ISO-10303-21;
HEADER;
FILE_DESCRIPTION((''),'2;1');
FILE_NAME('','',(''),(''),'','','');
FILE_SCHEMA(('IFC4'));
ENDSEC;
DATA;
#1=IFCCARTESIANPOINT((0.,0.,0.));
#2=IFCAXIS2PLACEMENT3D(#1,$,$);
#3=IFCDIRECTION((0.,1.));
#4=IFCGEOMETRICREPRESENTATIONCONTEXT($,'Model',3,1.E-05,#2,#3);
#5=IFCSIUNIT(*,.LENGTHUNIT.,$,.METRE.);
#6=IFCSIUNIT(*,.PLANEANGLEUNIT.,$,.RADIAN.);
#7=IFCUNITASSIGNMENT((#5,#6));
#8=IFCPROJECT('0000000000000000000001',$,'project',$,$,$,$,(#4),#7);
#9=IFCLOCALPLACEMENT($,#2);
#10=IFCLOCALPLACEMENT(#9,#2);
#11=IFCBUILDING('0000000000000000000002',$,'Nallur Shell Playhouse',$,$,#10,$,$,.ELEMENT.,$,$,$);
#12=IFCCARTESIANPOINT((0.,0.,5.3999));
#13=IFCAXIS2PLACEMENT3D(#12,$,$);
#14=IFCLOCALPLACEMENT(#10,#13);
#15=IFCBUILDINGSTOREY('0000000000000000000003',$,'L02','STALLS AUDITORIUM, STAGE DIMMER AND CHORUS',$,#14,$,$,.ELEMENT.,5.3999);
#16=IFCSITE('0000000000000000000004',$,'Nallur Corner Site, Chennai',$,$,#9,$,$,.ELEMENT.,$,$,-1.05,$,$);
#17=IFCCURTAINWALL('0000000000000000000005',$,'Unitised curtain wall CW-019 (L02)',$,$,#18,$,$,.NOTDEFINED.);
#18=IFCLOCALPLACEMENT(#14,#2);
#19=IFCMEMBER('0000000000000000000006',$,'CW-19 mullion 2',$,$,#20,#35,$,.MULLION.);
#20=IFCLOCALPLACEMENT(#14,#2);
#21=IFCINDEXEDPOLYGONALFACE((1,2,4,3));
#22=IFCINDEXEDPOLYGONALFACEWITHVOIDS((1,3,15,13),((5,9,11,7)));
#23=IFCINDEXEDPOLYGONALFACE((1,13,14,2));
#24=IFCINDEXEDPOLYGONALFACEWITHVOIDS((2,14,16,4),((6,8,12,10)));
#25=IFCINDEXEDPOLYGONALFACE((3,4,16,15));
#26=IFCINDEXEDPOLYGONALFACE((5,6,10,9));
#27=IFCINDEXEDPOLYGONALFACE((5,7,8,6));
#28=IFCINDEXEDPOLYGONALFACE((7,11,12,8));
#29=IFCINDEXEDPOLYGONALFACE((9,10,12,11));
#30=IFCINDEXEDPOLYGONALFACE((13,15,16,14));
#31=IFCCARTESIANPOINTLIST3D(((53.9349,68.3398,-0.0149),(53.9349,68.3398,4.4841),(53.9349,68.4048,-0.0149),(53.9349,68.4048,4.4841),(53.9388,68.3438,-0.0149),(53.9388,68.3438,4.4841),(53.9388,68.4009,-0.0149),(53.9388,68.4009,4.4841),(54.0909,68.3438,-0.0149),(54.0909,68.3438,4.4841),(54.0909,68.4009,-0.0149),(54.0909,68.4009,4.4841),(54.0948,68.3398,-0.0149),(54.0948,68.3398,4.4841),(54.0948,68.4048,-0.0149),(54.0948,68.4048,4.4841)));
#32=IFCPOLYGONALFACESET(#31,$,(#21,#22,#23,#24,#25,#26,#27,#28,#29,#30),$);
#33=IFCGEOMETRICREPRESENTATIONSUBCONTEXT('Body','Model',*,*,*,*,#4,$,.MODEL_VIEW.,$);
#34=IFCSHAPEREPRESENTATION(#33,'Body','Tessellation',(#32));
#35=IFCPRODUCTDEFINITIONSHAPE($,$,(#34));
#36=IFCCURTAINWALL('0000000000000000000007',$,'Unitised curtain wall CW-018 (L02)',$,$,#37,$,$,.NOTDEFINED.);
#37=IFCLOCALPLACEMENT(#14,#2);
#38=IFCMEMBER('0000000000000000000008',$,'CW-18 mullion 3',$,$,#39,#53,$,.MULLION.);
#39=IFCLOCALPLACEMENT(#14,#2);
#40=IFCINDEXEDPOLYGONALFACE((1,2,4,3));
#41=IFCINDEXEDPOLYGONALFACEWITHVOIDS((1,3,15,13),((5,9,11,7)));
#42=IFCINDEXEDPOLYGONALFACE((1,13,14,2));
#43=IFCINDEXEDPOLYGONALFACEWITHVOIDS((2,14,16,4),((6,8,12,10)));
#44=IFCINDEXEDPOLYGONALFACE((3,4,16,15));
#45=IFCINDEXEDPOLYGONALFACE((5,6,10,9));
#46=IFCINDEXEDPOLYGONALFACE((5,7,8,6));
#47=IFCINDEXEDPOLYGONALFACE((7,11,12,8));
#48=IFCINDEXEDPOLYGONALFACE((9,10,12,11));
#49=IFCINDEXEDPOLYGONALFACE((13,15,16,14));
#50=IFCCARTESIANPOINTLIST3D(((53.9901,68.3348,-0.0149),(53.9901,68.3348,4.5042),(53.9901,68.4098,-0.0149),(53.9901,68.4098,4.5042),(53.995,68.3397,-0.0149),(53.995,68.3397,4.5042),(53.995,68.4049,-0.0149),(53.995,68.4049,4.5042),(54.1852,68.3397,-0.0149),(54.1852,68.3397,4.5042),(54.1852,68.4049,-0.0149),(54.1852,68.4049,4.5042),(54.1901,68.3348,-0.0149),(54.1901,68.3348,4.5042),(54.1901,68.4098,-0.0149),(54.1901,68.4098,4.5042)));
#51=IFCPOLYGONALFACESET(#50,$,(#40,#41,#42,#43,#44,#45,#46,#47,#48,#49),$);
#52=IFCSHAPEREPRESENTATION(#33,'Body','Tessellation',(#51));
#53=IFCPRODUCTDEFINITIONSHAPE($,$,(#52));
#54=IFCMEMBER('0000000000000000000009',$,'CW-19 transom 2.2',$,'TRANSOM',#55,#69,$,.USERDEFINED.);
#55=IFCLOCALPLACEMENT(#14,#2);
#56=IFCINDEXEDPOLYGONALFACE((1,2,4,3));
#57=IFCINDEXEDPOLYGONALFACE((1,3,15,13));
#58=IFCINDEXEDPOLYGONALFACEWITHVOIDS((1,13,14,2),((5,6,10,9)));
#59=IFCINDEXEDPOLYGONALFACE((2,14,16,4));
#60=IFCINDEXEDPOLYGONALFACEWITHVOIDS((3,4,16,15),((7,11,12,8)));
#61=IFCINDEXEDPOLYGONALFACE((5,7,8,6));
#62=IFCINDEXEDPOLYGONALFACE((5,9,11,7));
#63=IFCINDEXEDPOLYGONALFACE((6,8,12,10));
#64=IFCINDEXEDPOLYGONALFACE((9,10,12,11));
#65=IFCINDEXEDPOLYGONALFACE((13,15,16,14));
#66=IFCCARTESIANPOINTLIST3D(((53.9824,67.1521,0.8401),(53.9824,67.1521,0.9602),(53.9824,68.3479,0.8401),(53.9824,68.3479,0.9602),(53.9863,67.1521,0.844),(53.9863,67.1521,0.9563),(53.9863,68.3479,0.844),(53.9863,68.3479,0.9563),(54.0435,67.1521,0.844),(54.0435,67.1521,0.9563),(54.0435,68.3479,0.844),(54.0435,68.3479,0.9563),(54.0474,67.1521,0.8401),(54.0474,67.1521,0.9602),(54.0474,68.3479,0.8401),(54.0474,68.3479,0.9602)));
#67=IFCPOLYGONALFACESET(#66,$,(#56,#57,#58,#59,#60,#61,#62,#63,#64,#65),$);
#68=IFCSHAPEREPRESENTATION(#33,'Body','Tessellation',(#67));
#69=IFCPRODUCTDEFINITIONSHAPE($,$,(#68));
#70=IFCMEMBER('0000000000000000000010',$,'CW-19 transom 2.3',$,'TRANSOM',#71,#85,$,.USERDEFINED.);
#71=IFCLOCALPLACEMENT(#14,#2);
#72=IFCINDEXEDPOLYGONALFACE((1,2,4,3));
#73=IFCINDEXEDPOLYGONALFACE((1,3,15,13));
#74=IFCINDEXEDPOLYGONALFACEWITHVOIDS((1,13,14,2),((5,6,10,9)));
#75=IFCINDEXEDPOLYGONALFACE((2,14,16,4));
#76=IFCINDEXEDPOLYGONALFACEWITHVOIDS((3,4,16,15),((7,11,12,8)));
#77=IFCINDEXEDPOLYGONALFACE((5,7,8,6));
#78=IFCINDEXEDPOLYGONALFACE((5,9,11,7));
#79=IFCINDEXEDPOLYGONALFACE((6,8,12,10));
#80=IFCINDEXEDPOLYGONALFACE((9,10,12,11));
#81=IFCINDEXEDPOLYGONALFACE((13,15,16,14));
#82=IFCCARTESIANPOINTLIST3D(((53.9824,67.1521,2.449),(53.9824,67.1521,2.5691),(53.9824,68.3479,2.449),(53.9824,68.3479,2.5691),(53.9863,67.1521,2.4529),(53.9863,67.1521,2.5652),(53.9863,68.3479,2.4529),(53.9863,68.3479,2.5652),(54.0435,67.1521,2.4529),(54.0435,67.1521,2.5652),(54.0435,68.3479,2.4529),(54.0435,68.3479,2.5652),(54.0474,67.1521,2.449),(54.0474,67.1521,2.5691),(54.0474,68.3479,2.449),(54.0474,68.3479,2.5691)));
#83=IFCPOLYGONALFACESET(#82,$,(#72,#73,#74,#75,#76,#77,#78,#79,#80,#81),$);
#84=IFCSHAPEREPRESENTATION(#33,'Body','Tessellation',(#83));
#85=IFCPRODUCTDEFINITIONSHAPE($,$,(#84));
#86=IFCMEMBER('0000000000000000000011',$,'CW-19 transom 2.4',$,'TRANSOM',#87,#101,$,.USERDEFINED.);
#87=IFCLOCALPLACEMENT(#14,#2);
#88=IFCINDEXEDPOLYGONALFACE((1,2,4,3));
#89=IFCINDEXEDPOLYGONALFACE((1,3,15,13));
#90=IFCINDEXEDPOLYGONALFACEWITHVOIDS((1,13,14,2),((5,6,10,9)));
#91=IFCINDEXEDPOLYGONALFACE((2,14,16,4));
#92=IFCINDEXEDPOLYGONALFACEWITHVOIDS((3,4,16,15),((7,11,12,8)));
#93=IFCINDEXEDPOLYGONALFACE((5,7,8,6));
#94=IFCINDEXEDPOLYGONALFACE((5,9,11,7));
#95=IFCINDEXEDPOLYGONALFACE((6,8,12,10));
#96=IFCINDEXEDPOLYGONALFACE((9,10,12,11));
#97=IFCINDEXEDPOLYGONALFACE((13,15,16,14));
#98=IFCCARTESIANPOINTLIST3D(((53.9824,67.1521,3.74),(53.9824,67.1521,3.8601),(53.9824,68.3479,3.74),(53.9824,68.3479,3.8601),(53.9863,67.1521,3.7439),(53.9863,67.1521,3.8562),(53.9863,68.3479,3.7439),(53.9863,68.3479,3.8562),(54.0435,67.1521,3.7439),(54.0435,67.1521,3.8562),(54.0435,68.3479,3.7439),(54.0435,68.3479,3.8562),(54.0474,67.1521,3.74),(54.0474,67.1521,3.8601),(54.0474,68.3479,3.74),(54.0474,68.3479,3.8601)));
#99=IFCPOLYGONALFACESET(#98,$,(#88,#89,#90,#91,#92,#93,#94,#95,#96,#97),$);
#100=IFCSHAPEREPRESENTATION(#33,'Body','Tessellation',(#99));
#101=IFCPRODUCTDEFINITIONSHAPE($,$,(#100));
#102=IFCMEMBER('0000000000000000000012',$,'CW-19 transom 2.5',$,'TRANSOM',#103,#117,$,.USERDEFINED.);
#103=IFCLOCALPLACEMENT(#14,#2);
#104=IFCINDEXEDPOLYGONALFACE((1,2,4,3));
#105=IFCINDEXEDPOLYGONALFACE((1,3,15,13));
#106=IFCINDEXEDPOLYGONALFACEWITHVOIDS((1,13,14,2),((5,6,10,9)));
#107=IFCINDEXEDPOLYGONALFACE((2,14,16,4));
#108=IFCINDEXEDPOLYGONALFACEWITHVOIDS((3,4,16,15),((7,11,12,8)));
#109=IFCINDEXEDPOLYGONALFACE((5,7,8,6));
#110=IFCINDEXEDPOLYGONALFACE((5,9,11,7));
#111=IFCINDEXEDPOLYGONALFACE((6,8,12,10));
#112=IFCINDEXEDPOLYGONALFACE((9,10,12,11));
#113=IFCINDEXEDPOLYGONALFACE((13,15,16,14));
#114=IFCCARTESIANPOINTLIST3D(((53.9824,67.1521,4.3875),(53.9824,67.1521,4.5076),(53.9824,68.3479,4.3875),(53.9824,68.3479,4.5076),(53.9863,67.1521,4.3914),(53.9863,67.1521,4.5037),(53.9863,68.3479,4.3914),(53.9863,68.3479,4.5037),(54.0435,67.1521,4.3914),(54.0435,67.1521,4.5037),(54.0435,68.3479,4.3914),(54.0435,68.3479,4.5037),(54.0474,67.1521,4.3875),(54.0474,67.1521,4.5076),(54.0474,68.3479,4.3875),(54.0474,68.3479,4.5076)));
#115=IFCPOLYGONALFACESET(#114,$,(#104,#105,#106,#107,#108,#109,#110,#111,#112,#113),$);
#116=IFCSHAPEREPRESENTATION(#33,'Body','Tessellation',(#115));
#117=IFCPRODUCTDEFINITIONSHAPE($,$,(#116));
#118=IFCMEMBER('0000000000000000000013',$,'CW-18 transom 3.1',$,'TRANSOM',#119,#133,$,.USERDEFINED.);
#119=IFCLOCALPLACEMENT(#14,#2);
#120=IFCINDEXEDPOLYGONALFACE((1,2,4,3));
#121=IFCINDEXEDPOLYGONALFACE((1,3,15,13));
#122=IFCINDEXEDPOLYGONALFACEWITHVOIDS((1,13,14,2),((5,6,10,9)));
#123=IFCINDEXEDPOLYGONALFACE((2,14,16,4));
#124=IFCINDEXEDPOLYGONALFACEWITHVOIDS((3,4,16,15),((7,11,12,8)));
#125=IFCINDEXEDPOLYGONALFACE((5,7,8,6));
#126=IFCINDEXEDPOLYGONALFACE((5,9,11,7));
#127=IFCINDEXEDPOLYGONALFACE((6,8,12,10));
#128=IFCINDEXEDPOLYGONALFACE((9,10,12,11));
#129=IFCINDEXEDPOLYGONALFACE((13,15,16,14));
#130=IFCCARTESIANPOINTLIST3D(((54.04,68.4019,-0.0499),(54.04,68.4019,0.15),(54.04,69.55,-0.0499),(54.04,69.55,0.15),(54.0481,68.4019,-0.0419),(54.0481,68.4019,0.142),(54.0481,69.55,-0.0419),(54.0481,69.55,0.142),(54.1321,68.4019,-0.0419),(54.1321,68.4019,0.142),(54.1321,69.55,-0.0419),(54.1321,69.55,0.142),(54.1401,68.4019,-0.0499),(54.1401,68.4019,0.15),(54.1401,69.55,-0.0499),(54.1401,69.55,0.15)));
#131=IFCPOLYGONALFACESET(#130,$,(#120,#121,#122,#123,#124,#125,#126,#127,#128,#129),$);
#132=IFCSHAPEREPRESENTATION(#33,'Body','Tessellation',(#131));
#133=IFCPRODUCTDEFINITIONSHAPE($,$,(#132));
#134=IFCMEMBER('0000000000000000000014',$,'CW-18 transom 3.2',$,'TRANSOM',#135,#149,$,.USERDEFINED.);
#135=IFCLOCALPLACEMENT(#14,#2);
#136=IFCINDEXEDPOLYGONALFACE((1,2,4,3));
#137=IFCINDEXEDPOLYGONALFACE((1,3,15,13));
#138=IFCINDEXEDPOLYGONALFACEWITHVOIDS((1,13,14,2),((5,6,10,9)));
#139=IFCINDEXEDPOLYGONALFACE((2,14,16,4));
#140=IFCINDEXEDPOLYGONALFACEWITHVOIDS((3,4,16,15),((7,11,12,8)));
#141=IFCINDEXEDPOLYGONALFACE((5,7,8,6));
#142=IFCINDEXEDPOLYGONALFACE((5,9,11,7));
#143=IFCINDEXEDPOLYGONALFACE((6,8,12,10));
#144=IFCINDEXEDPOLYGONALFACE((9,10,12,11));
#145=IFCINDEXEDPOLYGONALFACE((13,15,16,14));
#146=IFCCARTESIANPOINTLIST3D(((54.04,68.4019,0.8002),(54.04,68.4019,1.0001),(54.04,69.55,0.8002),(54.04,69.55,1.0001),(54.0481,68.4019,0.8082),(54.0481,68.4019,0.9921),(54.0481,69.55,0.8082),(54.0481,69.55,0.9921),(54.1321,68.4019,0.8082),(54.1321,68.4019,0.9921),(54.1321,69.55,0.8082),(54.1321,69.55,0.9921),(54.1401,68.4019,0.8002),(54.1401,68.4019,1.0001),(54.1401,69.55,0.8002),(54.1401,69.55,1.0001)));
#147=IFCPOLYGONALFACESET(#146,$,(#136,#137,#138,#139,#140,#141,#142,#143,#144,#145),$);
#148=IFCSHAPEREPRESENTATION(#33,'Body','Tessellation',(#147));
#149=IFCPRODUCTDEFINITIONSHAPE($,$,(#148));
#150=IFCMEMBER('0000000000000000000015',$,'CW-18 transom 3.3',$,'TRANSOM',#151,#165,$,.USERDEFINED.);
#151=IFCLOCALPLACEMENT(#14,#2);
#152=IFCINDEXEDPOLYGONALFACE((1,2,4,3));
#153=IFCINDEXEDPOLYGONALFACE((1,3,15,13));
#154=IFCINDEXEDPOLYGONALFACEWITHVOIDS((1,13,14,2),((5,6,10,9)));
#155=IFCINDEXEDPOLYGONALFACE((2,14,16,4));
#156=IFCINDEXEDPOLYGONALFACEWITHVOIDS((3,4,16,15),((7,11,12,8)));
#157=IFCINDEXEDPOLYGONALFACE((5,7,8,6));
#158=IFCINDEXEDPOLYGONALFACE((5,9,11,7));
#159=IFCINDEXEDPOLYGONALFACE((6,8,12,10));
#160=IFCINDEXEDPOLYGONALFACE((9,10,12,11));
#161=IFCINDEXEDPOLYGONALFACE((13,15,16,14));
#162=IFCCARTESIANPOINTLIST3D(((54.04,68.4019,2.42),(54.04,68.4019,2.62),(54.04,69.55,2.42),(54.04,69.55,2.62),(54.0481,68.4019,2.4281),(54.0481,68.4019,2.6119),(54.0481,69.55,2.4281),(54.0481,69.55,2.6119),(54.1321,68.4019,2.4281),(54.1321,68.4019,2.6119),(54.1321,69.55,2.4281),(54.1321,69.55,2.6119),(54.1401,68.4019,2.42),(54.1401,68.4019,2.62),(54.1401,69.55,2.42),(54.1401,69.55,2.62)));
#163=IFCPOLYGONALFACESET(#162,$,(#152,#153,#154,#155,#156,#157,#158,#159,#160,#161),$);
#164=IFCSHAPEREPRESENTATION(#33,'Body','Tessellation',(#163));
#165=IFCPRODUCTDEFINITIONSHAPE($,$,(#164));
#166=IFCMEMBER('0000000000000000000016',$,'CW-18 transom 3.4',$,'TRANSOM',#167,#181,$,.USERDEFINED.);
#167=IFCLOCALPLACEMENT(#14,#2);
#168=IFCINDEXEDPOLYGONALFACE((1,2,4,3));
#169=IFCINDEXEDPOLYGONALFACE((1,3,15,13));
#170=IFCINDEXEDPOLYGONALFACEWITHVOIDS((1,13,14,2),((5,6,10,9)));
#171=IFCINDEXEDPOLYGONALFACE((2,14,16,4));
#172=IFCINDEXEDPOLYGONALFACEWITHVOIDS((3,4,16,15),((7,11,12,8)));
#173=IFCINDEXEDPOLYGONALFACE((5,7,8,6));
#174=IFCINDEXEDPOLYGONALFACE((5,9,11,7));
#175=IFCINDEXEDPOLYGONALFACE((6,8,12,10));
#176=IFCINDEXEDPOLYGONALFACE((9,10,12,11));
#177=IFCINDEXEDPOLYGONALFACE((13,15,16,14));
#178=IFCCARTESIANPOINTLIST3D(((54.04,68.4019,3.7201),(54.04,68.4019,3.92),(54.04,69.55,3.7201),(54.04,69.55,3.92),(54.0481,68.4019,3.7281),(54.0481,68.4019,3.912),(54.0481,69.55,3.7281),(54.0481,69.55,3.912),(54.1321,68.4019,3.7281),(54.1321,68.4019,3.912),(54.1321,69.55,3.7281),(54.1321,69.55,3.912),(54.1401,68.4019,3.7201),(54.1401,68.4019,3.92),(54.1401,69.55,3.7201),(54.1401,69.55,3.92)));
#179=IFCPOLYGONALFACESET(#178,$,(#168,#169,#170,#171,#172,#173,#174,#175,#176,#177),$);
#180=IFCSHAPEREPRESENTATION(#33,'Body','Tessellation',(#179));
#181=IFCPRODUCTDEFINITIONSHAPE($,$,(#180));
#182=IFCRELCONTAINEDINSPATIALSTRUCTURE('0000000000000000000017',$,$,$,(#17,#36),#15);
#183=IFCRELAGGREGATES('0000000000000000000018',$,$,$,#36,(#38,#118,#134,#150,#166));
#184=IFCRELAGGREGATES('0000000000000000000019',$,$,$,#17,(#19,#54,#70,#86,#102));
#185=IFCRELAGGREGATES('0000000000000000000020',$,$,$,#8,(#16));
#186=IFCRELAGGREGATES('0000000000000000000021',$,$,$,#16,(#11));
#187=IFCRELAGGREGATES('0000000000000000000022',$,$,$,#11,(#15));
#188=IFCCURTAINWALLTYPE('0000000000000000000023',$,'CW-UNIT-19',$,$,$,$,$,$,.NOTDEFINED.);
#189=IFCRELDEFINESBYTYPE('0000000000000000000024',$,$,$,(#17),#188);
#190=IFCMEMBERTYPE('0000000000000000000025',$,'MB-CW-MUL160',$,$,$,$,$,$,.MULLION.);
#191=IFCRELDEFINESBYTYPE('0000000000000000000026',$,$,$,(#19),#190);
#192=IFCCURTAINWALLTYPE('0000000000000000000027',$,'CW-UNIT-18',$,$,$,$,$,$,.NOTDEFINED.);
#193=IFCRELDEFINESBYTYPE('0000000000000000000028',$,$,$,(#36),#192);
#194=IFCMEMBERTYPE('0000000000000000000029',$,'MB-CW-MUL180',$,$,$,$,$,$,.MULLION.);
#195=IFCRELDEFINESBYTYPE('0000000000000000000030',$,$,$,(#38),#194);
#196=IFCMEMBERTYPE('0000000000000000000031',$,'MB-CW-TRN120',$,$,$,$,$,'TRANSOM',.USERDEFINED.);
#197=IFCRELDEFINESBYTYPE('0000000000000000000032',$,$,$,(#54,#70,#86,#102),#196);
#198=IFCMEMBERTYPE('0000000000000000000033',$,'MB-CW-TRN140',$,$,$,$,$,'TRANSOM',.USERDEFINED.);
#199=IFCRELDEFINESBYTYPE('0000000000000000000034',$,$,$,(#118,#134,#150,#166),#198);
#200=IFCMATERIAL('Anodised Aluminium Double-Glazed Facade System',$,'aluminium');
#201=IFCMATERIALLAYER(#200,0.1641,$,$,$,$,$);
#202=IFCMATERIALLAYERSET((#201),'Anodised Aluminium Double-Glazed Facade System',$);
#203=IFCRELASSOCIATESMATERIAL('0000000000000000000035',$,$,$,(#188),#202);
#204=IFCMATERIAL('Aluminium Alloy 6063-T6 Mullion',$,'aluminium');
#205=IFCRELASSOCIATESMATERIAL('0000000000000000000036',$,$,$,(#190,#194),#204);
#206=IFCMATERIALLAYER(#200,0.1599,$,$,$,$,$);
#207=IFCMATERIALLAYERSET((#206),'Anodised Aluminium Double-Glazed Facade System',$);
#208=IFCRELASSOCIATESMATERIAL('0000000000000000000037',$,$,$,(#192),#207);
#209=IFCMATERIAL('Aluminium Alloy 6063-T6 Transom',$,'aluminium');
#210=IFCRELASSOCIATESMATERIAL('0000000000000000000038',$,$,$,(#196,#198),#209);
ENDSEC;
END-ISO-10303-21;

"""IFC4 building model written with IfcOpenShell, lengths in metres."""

from ifc_helpers import new_model, si_unit, direction, frame, origin, origin_2d, place, context, subcontext, project, spatial, hollow_rectangle, extrude, material, layer, layer_set, material_profile, profile_set, type_object, element, aggregate, save


model = new_model("IFC4")

# Units and contexts
model_context = context("Model", 3, precision=1e-05, world=origin(), true_north=direction((0.0, 1.0)))
body_context = subcontext(model_context, "Body", "Model", "MODEL_VIEW")
ifc_project = project(units=[si_unit("LENGTHUNIT", "METRE"), si_unit("PLANEANGLEUNIT", "RADIAN")], contexts=[model_context])

# Site, building, storey
site_placement = place(None, origin())
site = spatial("IfcSite", under=ifc_project, at=site_placement, Name="Nallur Corner Site, Chennai", CompositionType="ELEMENT", RefElevation=-1.05)
building_placement = place(site_placement, origin())
building = spatial("IfcBuilding", under=site, at=building_placement, Name="Nallur Shell Playhouse", CompositionType="ELEMENT")
storey_placement = place(building_placement, frame((0.0, 0.0, 5.3999)))
storey = spatial("IfcBuildingStorey", under=building, at=storey_placement, Name="L02", Description="STALLS AUDITORIUM, STAGE DIMMER AND CHORUS", CompositionType="ELEMENT", Elevation=5.3999)

# Curtain walls, members
ifc_material_1 = material(Name="Anodised Aluminium Double-Glazed Facade System", Category="aluminium")
ifc_layer_1 = layer(ifc_material_1, 0.1641)
ifc_layer_set_1 = layer_set([ifc_layer_1], Name="Anodised Aluminium Double-Glazed Facade System")
curtain_wall_type_1 = type_object("IfcCurtainWallType", Name="CW-UNIT-19", PredefinedType="NOTDEFINED", material=ifc_layer_set_1)
curtain_wall_1_placement = place(storey_placement, origin())
curtain_wall_1 = element("IfcCurtainWall", 1, at=curtain_wall_1_placement, inside=storey, type_object=curtain_wall_type_1, Name="Unitised curtain wall CW-019 (L02)", PredefinedType="NOTDEFINED")
ifc_material_2 = material(Name="Aluminium Alloy 6063-T6 Mullion", Category="aluminium")
ifc_material_profile_1 = material_profile(ifc_material_2, hollow_rectangle(XDim=0.0649, YDim=0.1599, WallThickness=0.0039, at=origin_2d()), Name="ALU 65x160x4")
ifc_profile_set_1 = profile_set([ifc_material_profile_1], Name="Aluminium Alloy 6063-T6 Mullion")
member_type_1 = type_object("IfcMemberType", Name="MB-CW-MUL160", PredefinedType="MULLION", material=ifc_profile_set_1)
member_1_placement = place(storey_placement, frame((54.0149, 68.3723, -0.0149), z_axis=(0.0, 0.0, 1.0), x_axis=(0.0, -1.0, 0.0)))
member_1 = element("IfcMember", 2, at=member_1_placement, type_object=member_type_1, Name="CW-19 mullion 2", PredefinedType="MULLION", context=body_context, shape_type="SweptSolid", body=[
    extrude(hollow_rectangle(XDim=0.0649, YDim=0.1599, WallThickness=0.0039, at=origin_2d()), origin(), (0.0, 0.0, 1.0), 4.499),
])
ifc_layer_2 = layer(ifc_material_1, 0.1599)
ifc_layer_set_2 = layer_set([ifc_layer_2], Name="Anodised Aluminium Double-Glazed Facade System")
curtain_wall_type_2 = type_object("IfcCurtainWallType", Name="CW-UNIT-18", PredefinedType="NOTDEFINED", material=ifc_layer_set_2)
curtain_wall_2_placement = place(storey_placement, origin())
curtain_wall_2 = element("IfcCurtainWall", 3, at=curtain_wall_2_placement, inside=storey, type_object=curtain_wall_type_2, Name="Unitised curtain wall CW-018 (L02)", PredefinedType="NOTDEFINED")
ifc_material_profile_2 = material_profile(ifc_material_2, hollow_rectangle(XDim=0.075, YDim=0.2, WallThickness=0.0049, at=origin_2d()), Name="ALU 75x200x5")
ifc_profile_set_2 = profile_set([ifc_material_profile_2], Name="Aluminium Alloy 6063-T6 Mullion")
member_type_2 = type_object("IfcMemberType", Name="MB-CW-MUL180", PredefinedType="MULLION", material=ifc_profile_set_2)
member_2_placement = place(storey_placement, frame((54.0901, 68.3723, -0.0149), z_axis=(0.0, 0.0, 1.0), x_axis=(0.0, 1.0, 0.0)))
member_2 = element("IfcMember", 4, at=member_2_placement, type_object=member_type_2, Name="CW-18 mullion 3", PredefinedType="MULLION", context=body_context, shape_type="SweptSolid", body=[
    extrude(hollow_rectangle(XDim=0.075, YDim=0.2, WallThickness=0.0049, at=origin_2d()), origin(), (0.0, 0.0, 1.0), 4.519),
])

# Members
ifc_material_3 = material(Name="Aluminium Alloy 6063-T6 Transom", Category="aluminium")
ifc_material_profile_3 = material_profile(ifc_material_3, hollow_rectangle(XDim=0.0649, YDim=0.1201, WallThickness=0.0039, at=origin_2d()), Name="ALU 65x120x4")
ifc_profile_set_3 = profile_set([ifc_material_profile_3], Name="Aluminium Alloy 6063-T6 Transom")
member_type_3 = type_object("IfcMemberType", Name="MB-CW-TRN120", ElementType="TRANSOM", PredefinedType="USERDEFINED", material=ifc_profile_set_3)
member_3_placement = place(storey_placement, frame((54.0149, 68.3479, 0.9001), z_axis=(0.0, -1.0, 0.0), x_axis=(1.0, 0.0, 0.0)))
member_3 = element("IfcMember", 5, at=member_3_placement, type_object=member_type_3, Name="CW-19 transom 2.2", ObjectType="TRANSOM", PredefinedType="USERDEFINED", context=body_context, shape_type="SweptSolid", body=[
    extrude(hollow_rectangle(XDim=0.0649, YDim=0.1201, WallThickness=0.0039, at=origin_2d()), origin(), (0.0, 0.0, 1.0), 1.1958),
])
member_4_placement = place(storey_placement, frame((54.0149, 68.3479, 2.509), z_axis=(0.0, -1.0, 0.0), x_axis=(1.0, 0.0, 0.0)))
member_4 = element("IfcMember", 6, at=member_4_placement, type_object=member_type_3, Name="CW-19 transom 2.3", ObjectType="TRANSOM", PredefinedType="USERDEFINED", context=body_context, shape_type="SweptSolid", body=[
    extrude(hollow_rectangle(XDim=0.0649, YDim=0.1201, WallThickness=0.0039, at=origin_2d()), origin(), (0.0, 0.0, 1.0), 1.1958),
])
member_5_placement = place(storey_placement, frame((54.0149, 68.3479, 3.8), z_axis=(0.0, -1.0, 0.0), x_axis=(1.0, 0.0, 0.0)))
member_5 = element("IfcMember", 7, at=member_5_placement, type_object=member_type_3, Name="CW-19 transom 2.4", ObjectType="TRANSOM", PredefinedType="USERDEFINED", context=body_context, shape_type="SweptSolid", body=[
    extrude(hollow_rectangle(XDim=0.0649, YDim=0.1201, WallThickness=0.0039, at=origin_2d()), origin(), (0.0, 0.0, 1.0), 1.1958),
])
member_6_placement = place(storey_placement, frame((54.0149, 68.3479, 4.4475), z_axis=(0.0, -1.0, 0.0), x_axis=(1.0, 0.0, 0.0)))
member_6 = element("IfcMember", 8, at=member_6_placement, type_object=member_type_3, Name="CW-19 transom 2.5", ObjectType="TRANSOM", PredefinedType="USERDEFINED", context=body_context, shape_type="SweptSolid", body=[
    extrude(hollow_rectangle(XDim=0.0649, YDim=0.1201, WallThickness=0.0039, at=origin_2d()), origin(), (0.0, 0.0, 1.0), 1.1958),
])
ifc_material_profile_4 = material_profile(ifc_material_3, hollow_rectangle(XDim=0.1001, YDim=0.2, WallThickness=0.0081, at=origin_2d()), Name="RHS 200x100x8")
ifc_profile_set_4 = profile_set([ifc_material_profile_4], Name="Aluminium Alloy 6063-T6 Transom")
member_type_4 = type_object("IfcMemberType", Name="MB-CW-TRN140", ElementType="TRANSOM", PredefinedType="USERDEFINED", material=ifc_profile_set_4)
member_7_placement = place(storey_placement, frame((54.0901, 68.4019, 0.05), z_axis=(0.0, 1.0, 0.0), x_axis=(-1.0, 0.0, 0.0)))
member_7 = element("IfcMember", 9, at=member_7_placement, type_object=member_type_4, Name="CW-18 transom 3.1", ObjectType="TRANSOM", PredefinedType="USERDEFINED", context=body_context, shape_type="SweptSolid", body=[
    extrude(hollow_rectangle(XDim=0.1001, YDim=0.2, WallThickness=0.0081, at=origin_2d()), origin(), (0.0, 0.0, 1.0), 1.1482),
])
member_8_placement = place(storey_placement, frame((54.0901, 68.4019, 0.9001), z_axis=(0.0, 1.0, 0.0), x_axis=(-1.0, 0.0, 0.0)))
member_8 = element("IfcMember", 10, at=member_8_placement, type_object=member_type_4, Name="CW-18 transom 3.2", ObjectType="TRANSOM", PredefinedType="USERDEFINED", context=body_context, shape_type="SweptSolid", body=[
    extrude(hollow_rectangle(XDim=0.1001, YDim=0.2, WallThickness=0.0081, at=origin_2d()), origin(), (0.0, 0.0, 1.0), 1.1482),
])
member_9_placement = place(storey_placement, frame((54.0901, 68.4019, 2.52), z_axis=(0.0, 1.0, 0.0), x_axis=(-1.0, 0.0, 0.0)))
member_9 = element("IfcMember", 11, at=member_9_placement, type_object=member_type_4, Name="CW-18 transom 3.3", ObjectType="TRANSOM", PredefinedType="USERDEFINED", context=body_context, shape_type="SweptSolid", body=[
    extrude(hollow_rectangle(XDim=0.1001, YDim=0.2, WallThickness=0.0081, at=origin_2d()), origin(), (0.0, 0.0, 1.0), 1.1482),
])
member_10_placement = place(storey_placement, frame((54.0901, 68.4019, 3.8201), z_axis=(0.0, 1.0, 0.0), x_axis=(-1.0, 0.0, 0.0)))
member_10 = element("IfcMember", 12, at=member_10_placement, type_object=member_type_4, Name="CW-18 transom 3.4", ObjectType="TRANSOM", PredefinedType="USERDEFINED", context=body_context, shape_type="SweptSolid", body=[
    extrude(hollow_rectangle(XDim=0.1001, YDim=0.2, WallThickness=0.0081, at=origin_2d()), origin(), (0.0, 0.0, 1.0), 1.1482),
])

aggregate(curtain_wall_2, [member_2, member_7, member_8, member_9, member_10])
aggregate(curtain_wall_1, [member_1, member_3, member_4, member_5, member_6])

save(model, "model.ifc")
